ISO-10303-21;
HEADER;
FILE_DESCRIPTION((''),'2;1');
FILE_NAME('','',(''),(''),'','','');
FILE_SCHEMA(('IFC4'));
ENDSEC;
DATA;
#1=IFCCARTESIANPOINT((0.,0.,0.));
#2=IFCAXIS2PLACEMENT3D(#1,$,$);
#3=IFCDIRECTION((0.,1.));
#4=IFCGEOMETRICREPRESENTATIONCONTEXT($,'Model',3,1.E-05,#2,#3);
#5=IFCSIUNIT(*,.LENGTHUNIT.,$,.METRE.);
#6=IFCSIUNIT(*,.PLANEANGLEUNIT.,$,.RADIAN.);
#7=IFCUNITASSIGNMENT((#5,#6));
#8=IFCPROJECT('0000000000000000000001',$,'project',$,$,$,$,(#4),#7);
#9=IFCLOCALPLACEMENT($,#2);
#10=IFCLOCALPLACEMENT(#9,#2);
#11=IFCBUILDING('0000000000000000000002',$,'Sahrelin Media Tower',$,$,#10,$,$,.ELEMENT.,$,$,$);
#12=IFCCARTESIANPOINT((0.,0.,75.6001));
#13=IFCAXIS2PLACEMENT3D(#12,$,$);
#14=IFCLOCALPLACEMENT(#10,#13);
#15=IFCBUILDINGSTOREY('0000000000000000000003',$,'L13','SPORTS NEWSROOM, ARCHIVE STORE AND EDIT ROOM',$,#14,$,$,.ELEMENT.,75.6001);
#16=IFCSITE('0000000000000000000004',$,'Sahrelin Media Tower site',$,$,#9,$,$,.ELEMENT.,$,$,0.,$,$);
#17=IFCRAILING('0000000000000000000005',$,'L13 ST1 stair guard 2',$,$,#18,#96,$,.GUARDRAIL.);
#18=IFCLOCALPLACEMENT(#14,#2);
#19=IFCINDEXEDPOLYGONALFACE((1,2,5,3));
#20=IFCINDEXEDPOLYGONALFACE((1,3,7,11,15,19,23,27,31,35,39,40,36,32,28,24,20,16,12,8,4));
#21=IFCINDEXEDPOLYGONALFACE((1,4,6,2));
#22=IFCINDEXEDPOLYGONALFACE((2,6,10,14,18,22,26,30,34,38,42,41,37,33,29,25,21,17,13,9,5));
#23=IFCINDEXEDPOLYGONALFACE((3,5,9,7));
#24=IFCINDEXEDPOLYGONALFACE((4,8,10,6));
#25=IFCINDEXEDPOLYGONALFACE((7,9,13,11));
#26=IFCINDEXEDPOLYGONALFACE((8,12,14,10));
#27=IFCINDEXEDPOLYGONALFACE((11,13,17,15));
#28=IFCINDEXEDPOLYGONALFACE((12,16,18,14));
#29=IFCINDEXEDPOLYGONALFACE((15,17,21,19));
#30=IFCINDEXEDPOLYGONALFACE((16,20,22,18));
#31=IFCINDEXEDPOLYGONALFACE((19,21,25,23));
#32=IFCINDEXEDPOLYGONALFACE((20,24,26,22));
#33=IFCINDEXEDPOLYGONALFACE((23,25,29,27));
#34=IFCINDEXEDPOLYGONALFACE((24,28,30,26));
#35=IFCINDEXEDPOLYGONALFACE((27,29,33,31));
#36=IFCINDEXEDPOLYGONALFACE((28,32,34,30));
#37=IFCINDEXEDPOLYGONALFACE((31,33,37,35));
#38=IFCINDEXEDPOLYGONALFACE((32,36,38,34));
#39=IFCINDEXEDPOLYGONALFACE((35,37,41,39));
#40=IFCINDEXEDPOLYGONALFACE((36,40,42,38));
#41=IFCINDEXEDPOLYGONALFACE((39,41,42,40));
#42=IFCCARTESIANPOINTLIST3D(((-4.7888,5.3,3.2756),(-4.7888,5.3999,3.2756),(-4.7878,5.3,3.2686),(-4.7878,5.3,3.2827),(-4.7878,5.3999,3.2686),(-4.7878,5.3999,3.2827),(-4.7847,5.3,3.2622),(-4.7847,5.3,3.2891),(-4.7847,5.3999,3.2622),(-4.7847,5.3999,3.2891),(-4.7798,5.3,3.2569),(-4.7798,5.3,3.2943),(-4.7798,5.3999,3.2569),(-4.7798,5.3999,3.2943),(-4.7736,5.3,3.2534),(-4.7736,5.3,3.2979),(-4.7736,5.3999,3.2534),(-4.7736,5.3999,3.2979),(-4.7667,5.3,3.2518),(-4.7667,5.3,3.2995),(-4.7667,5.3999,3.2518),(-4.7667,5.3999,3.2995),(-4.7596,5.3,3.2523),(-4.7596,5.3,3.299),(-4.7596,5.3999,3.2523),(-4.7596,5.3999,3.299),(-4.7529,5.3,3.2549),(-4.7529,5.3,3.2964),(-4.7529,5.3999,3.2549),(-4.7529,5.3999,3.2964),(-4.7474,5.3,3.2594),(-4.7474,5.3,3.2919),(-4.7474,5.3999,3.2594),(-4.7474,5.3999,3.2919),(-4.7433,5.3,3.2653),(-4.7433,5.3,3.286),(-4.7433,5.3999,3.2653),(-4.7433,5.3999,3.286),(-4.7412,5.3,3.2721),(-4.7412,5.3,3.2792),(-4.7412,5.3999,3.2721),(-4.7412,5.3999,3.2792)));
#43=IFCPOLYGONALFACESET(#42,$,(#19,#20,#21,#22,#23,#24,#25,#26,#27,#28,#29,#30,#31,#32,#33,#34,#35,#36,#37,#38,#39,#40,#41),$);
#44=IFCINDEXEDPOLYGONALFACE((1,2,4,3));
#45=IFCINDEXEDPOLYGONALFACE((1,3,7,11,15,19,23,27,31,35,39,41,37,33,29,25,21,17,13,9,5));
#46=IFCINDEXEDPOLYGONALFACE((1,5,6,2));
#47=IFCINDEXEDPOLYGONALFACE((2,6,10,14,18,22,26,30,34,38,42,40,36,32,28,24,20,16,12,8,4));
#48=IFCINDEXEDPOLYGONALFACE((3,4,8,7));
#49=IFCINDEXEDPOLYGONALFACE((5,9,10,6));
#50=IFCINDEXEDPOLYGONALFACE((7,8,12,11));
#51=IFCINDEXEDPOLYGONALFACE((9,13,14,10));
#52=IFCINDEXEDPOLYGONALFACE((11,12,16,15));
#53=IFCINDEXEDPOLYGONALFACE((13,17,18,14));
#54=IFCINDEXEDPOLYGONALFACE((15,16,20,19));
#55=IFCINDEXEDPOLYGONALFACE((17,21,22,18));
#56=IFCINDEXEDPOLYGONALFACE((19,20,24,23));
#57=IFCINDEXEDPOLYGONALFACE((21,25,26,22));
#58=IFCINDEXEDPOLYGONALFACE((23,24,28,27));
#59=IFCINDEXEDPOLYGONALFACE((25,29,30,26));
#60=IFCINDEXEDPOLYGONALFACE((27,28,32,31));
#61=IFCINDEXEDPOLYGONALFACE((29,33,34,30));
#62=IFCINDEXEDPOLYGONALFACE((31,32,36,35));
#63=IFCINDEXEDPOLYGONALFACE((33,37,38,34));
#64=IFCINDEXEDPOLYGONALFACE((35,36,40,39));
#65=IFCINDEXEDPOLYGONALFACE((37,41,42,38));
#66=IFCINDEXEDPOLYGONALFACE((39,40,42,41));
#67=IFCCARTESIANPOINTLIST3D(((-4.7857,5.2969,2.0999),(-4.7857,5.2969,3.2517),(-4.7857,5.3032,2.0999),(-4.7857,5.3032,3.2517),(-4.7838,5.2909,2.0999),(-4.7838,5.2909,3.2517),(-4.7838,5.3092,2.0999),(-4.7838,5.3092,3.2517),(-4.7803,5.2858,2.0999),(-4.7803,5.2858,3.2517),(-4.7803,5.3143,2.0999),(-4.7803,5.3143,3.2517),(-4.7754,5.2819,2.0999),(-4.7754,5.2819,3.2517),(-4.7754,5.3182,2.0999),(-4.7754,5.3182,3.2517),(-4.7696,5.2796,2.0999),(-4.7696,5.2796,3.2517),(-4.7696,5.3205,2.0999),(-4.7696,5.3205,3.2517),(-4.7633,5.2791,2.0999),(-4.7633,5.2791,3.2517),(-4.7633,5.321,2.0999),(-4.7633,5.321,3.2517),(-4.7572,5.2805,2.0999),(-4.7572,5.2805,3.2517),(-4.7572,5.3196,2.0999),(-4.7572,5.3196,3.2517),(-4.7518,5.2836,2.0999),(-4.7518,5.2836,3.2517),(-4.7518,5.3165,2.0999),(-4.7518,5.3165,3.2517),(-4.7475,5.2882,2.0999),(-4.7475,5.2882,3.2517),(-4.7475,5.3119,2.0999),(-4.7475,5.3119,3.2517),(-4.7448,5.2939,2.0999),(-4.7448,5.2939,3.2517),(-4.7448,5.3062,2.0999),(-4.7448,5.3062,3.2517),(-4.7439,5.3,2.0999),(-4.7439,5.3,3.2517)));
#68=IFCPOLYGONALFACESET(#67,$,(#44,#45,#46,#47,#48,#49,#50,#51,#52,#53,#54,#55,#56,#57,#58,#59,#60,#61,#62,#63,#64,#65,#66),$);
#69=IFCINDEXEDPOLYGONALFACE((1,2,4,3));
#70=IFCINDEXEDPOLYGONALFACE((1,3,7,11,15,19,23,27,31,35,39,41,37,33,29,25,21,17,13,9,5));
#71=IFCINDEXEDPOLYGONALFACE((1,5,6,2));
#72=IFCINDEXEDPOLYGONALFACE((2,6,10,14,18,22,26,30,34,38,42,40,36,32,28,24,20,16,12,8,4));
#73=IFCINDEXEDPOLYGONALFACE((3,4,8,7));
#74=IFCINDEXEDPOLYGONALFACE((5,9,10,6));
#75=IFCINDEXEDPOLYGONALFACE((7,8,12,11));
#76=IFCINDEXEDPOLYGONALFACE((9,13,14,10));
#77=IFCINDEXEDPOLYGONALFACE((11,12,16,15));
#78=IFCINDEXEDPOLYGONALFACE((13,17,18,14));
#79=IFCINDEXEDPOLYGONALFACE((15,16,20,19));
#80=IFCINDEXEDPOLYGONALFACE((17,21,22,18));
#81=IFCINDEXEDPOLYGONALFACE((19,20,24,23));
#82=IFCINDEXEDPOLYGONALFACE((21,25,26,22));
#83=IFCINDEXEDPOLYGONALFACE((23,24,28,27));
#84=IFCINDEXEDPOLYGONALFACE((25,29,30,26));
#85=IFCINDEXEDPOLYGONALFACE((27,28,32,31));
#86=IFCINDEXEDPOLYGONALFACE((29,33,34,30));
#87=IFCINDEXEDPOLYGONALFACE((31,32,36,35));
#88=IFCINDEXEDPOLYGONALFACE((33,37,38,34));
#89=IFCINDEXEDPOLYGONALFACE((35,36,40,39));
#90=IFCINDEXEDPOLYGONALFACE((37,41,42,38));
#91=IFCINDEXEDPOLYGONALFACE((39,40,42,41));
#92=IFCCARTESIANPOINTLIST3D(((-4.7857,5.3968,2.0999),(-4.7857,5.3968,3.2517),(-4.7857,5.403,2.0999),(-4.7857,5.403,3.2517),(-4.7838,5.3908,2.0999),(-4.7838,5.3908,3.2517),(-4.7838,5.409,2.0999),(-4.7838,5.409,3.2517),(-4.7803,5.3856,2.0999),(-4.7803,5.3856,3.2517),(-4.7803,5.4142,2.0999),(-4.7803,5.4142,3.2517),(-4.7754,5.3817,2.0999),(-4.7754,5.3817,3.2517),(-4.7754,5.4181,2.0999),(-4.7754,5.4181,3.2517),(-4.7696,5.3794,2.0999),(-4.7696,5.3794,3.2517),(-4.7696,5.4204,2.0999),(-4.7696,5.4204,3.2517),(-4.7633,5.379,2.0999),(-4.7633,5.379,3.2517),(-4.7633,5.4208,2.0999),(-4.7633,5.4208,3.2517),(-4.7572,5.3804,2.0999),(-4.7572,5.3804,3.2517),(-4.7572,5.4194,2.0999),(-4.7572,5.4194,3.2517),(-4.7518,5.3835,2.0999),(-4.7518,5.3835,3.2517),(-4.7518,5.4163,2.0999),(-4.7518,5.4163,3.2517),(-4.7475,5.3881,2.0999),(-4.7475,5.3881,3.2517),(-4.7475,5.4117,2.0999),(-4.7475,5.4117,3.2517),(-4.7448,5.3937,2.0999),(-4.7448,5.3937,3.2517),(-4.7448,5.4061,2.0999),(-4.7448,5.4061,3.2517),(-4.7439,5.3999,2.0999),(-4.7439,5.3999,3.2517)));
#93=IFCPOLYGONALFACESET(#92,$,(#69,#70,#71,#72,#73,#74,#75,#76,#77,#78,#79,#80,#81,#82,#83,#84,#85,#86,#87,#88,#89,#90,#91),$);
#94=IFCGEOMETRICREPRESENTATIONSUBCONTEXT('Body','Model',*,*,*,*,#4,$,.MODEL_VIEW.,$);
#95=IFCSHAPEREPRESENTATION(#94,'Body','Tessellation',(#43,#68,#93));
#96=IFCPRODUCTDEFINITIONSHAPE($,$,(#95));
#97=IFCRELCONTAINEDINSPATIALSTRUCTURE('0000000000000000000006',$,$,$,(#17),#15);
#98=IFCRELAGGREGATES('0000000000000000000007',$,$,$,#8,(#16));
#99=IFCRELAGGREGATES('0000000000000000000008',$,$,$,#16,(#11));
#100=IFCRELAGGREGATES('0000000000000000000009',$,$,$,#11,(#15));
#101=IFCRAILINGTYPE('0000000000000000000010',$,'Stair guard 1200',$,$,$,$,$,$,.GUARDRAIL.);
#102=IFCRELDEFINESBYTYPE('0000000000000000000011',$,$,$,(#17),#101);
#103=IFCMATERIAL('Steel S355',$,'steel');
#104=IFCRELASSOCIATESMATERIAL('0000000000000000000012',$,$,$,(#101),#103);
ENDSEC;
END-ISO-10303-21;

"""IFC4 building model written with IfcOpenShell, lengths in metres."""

from ifc_helpers import new_model, si_unit, direction, frame, origin, origin_2d, place, context, subcontext, project, spatial, circle, extrude, material, type_object, element, save


model = new_model("IFC4")

# Units and contexts
model_context = context("Model", 3, precision=1e-05, world=origin(), true_north=direction((0.0, 1.0)))
body_context = subcontext(model_context, "Body", "Model", "MODEL_VIEW")
ifc_project = project(units=[si_unit("LENGTHUNIT", "METRE"), si_unit("PLANEANGLEUNIT", "RADIAN")], contexts=[model_context])

# Site, building, storey
site_placement = place(None, origin())
site = spatial("IfcSite", under=ifc_project, at=site_placement, Name="Sahrelin Media Tower site", CompositionType="ELEMENT", RefElevation=0.0)
building_placement = place(site_placement, origin())
building = spatial("IfcBuilding", under=site, at=building_placement, Name="Sahrelin Media Tower", CompositionType="ELEMENT")
storey_placement = place(building_placement, frame((0.0, 0.0, 75.6001)))
storey = spatial("IfcBuildingStorey", under=building, at=storey_placement, Name="L13", Description="SPORTS NEWSROOM, ARCHIVE STORE AND EDIT ROOM", CompositionType="ELEMENT", Elevation=75.6001)

# Shared definitions
ifc_material_1 = material(Name="Steel S355", Category="steel")

# Railing
railing_type_1 = type_object("IfcRailingType", Name="Stair guard 1200", PredefinedType="GUARDRAIL", material=ifc_material_1)
railing_1_placement = place(storey_placement, frame((-4.7649, 5.3, 2.0999)))
element("IfcRailing", 1, at=railing_1_placement, inside=storey, type_object=railing_type_1, Name="L13 ST1 stair guard 2", PredefinedType="GUARDRAIL", context=body_context, shape_type="SweptSolid", body=[
    extrude(circle(Radius=0.0239, at=origin_2d()), frame((0.0, 0.0, 1.1758), z_axis=(0.0, 1.0, 0.0), x_axis=(-1.0, 0.0, 0.0)), (0.0, 0.0, 1.0), 0.0999),
    extrude(circle(Radius=0.021, at=origin_2d()), origin(), (0.0, 0.0, 1.0), 1.1519),
    extrude(circle(Radius=0.021, at=origin_2d()), frame((0.0, 0.0999, 0.0)), (0.0, 0.0, 1.0), 1.1519),
])

save(model, "model.ifc")
